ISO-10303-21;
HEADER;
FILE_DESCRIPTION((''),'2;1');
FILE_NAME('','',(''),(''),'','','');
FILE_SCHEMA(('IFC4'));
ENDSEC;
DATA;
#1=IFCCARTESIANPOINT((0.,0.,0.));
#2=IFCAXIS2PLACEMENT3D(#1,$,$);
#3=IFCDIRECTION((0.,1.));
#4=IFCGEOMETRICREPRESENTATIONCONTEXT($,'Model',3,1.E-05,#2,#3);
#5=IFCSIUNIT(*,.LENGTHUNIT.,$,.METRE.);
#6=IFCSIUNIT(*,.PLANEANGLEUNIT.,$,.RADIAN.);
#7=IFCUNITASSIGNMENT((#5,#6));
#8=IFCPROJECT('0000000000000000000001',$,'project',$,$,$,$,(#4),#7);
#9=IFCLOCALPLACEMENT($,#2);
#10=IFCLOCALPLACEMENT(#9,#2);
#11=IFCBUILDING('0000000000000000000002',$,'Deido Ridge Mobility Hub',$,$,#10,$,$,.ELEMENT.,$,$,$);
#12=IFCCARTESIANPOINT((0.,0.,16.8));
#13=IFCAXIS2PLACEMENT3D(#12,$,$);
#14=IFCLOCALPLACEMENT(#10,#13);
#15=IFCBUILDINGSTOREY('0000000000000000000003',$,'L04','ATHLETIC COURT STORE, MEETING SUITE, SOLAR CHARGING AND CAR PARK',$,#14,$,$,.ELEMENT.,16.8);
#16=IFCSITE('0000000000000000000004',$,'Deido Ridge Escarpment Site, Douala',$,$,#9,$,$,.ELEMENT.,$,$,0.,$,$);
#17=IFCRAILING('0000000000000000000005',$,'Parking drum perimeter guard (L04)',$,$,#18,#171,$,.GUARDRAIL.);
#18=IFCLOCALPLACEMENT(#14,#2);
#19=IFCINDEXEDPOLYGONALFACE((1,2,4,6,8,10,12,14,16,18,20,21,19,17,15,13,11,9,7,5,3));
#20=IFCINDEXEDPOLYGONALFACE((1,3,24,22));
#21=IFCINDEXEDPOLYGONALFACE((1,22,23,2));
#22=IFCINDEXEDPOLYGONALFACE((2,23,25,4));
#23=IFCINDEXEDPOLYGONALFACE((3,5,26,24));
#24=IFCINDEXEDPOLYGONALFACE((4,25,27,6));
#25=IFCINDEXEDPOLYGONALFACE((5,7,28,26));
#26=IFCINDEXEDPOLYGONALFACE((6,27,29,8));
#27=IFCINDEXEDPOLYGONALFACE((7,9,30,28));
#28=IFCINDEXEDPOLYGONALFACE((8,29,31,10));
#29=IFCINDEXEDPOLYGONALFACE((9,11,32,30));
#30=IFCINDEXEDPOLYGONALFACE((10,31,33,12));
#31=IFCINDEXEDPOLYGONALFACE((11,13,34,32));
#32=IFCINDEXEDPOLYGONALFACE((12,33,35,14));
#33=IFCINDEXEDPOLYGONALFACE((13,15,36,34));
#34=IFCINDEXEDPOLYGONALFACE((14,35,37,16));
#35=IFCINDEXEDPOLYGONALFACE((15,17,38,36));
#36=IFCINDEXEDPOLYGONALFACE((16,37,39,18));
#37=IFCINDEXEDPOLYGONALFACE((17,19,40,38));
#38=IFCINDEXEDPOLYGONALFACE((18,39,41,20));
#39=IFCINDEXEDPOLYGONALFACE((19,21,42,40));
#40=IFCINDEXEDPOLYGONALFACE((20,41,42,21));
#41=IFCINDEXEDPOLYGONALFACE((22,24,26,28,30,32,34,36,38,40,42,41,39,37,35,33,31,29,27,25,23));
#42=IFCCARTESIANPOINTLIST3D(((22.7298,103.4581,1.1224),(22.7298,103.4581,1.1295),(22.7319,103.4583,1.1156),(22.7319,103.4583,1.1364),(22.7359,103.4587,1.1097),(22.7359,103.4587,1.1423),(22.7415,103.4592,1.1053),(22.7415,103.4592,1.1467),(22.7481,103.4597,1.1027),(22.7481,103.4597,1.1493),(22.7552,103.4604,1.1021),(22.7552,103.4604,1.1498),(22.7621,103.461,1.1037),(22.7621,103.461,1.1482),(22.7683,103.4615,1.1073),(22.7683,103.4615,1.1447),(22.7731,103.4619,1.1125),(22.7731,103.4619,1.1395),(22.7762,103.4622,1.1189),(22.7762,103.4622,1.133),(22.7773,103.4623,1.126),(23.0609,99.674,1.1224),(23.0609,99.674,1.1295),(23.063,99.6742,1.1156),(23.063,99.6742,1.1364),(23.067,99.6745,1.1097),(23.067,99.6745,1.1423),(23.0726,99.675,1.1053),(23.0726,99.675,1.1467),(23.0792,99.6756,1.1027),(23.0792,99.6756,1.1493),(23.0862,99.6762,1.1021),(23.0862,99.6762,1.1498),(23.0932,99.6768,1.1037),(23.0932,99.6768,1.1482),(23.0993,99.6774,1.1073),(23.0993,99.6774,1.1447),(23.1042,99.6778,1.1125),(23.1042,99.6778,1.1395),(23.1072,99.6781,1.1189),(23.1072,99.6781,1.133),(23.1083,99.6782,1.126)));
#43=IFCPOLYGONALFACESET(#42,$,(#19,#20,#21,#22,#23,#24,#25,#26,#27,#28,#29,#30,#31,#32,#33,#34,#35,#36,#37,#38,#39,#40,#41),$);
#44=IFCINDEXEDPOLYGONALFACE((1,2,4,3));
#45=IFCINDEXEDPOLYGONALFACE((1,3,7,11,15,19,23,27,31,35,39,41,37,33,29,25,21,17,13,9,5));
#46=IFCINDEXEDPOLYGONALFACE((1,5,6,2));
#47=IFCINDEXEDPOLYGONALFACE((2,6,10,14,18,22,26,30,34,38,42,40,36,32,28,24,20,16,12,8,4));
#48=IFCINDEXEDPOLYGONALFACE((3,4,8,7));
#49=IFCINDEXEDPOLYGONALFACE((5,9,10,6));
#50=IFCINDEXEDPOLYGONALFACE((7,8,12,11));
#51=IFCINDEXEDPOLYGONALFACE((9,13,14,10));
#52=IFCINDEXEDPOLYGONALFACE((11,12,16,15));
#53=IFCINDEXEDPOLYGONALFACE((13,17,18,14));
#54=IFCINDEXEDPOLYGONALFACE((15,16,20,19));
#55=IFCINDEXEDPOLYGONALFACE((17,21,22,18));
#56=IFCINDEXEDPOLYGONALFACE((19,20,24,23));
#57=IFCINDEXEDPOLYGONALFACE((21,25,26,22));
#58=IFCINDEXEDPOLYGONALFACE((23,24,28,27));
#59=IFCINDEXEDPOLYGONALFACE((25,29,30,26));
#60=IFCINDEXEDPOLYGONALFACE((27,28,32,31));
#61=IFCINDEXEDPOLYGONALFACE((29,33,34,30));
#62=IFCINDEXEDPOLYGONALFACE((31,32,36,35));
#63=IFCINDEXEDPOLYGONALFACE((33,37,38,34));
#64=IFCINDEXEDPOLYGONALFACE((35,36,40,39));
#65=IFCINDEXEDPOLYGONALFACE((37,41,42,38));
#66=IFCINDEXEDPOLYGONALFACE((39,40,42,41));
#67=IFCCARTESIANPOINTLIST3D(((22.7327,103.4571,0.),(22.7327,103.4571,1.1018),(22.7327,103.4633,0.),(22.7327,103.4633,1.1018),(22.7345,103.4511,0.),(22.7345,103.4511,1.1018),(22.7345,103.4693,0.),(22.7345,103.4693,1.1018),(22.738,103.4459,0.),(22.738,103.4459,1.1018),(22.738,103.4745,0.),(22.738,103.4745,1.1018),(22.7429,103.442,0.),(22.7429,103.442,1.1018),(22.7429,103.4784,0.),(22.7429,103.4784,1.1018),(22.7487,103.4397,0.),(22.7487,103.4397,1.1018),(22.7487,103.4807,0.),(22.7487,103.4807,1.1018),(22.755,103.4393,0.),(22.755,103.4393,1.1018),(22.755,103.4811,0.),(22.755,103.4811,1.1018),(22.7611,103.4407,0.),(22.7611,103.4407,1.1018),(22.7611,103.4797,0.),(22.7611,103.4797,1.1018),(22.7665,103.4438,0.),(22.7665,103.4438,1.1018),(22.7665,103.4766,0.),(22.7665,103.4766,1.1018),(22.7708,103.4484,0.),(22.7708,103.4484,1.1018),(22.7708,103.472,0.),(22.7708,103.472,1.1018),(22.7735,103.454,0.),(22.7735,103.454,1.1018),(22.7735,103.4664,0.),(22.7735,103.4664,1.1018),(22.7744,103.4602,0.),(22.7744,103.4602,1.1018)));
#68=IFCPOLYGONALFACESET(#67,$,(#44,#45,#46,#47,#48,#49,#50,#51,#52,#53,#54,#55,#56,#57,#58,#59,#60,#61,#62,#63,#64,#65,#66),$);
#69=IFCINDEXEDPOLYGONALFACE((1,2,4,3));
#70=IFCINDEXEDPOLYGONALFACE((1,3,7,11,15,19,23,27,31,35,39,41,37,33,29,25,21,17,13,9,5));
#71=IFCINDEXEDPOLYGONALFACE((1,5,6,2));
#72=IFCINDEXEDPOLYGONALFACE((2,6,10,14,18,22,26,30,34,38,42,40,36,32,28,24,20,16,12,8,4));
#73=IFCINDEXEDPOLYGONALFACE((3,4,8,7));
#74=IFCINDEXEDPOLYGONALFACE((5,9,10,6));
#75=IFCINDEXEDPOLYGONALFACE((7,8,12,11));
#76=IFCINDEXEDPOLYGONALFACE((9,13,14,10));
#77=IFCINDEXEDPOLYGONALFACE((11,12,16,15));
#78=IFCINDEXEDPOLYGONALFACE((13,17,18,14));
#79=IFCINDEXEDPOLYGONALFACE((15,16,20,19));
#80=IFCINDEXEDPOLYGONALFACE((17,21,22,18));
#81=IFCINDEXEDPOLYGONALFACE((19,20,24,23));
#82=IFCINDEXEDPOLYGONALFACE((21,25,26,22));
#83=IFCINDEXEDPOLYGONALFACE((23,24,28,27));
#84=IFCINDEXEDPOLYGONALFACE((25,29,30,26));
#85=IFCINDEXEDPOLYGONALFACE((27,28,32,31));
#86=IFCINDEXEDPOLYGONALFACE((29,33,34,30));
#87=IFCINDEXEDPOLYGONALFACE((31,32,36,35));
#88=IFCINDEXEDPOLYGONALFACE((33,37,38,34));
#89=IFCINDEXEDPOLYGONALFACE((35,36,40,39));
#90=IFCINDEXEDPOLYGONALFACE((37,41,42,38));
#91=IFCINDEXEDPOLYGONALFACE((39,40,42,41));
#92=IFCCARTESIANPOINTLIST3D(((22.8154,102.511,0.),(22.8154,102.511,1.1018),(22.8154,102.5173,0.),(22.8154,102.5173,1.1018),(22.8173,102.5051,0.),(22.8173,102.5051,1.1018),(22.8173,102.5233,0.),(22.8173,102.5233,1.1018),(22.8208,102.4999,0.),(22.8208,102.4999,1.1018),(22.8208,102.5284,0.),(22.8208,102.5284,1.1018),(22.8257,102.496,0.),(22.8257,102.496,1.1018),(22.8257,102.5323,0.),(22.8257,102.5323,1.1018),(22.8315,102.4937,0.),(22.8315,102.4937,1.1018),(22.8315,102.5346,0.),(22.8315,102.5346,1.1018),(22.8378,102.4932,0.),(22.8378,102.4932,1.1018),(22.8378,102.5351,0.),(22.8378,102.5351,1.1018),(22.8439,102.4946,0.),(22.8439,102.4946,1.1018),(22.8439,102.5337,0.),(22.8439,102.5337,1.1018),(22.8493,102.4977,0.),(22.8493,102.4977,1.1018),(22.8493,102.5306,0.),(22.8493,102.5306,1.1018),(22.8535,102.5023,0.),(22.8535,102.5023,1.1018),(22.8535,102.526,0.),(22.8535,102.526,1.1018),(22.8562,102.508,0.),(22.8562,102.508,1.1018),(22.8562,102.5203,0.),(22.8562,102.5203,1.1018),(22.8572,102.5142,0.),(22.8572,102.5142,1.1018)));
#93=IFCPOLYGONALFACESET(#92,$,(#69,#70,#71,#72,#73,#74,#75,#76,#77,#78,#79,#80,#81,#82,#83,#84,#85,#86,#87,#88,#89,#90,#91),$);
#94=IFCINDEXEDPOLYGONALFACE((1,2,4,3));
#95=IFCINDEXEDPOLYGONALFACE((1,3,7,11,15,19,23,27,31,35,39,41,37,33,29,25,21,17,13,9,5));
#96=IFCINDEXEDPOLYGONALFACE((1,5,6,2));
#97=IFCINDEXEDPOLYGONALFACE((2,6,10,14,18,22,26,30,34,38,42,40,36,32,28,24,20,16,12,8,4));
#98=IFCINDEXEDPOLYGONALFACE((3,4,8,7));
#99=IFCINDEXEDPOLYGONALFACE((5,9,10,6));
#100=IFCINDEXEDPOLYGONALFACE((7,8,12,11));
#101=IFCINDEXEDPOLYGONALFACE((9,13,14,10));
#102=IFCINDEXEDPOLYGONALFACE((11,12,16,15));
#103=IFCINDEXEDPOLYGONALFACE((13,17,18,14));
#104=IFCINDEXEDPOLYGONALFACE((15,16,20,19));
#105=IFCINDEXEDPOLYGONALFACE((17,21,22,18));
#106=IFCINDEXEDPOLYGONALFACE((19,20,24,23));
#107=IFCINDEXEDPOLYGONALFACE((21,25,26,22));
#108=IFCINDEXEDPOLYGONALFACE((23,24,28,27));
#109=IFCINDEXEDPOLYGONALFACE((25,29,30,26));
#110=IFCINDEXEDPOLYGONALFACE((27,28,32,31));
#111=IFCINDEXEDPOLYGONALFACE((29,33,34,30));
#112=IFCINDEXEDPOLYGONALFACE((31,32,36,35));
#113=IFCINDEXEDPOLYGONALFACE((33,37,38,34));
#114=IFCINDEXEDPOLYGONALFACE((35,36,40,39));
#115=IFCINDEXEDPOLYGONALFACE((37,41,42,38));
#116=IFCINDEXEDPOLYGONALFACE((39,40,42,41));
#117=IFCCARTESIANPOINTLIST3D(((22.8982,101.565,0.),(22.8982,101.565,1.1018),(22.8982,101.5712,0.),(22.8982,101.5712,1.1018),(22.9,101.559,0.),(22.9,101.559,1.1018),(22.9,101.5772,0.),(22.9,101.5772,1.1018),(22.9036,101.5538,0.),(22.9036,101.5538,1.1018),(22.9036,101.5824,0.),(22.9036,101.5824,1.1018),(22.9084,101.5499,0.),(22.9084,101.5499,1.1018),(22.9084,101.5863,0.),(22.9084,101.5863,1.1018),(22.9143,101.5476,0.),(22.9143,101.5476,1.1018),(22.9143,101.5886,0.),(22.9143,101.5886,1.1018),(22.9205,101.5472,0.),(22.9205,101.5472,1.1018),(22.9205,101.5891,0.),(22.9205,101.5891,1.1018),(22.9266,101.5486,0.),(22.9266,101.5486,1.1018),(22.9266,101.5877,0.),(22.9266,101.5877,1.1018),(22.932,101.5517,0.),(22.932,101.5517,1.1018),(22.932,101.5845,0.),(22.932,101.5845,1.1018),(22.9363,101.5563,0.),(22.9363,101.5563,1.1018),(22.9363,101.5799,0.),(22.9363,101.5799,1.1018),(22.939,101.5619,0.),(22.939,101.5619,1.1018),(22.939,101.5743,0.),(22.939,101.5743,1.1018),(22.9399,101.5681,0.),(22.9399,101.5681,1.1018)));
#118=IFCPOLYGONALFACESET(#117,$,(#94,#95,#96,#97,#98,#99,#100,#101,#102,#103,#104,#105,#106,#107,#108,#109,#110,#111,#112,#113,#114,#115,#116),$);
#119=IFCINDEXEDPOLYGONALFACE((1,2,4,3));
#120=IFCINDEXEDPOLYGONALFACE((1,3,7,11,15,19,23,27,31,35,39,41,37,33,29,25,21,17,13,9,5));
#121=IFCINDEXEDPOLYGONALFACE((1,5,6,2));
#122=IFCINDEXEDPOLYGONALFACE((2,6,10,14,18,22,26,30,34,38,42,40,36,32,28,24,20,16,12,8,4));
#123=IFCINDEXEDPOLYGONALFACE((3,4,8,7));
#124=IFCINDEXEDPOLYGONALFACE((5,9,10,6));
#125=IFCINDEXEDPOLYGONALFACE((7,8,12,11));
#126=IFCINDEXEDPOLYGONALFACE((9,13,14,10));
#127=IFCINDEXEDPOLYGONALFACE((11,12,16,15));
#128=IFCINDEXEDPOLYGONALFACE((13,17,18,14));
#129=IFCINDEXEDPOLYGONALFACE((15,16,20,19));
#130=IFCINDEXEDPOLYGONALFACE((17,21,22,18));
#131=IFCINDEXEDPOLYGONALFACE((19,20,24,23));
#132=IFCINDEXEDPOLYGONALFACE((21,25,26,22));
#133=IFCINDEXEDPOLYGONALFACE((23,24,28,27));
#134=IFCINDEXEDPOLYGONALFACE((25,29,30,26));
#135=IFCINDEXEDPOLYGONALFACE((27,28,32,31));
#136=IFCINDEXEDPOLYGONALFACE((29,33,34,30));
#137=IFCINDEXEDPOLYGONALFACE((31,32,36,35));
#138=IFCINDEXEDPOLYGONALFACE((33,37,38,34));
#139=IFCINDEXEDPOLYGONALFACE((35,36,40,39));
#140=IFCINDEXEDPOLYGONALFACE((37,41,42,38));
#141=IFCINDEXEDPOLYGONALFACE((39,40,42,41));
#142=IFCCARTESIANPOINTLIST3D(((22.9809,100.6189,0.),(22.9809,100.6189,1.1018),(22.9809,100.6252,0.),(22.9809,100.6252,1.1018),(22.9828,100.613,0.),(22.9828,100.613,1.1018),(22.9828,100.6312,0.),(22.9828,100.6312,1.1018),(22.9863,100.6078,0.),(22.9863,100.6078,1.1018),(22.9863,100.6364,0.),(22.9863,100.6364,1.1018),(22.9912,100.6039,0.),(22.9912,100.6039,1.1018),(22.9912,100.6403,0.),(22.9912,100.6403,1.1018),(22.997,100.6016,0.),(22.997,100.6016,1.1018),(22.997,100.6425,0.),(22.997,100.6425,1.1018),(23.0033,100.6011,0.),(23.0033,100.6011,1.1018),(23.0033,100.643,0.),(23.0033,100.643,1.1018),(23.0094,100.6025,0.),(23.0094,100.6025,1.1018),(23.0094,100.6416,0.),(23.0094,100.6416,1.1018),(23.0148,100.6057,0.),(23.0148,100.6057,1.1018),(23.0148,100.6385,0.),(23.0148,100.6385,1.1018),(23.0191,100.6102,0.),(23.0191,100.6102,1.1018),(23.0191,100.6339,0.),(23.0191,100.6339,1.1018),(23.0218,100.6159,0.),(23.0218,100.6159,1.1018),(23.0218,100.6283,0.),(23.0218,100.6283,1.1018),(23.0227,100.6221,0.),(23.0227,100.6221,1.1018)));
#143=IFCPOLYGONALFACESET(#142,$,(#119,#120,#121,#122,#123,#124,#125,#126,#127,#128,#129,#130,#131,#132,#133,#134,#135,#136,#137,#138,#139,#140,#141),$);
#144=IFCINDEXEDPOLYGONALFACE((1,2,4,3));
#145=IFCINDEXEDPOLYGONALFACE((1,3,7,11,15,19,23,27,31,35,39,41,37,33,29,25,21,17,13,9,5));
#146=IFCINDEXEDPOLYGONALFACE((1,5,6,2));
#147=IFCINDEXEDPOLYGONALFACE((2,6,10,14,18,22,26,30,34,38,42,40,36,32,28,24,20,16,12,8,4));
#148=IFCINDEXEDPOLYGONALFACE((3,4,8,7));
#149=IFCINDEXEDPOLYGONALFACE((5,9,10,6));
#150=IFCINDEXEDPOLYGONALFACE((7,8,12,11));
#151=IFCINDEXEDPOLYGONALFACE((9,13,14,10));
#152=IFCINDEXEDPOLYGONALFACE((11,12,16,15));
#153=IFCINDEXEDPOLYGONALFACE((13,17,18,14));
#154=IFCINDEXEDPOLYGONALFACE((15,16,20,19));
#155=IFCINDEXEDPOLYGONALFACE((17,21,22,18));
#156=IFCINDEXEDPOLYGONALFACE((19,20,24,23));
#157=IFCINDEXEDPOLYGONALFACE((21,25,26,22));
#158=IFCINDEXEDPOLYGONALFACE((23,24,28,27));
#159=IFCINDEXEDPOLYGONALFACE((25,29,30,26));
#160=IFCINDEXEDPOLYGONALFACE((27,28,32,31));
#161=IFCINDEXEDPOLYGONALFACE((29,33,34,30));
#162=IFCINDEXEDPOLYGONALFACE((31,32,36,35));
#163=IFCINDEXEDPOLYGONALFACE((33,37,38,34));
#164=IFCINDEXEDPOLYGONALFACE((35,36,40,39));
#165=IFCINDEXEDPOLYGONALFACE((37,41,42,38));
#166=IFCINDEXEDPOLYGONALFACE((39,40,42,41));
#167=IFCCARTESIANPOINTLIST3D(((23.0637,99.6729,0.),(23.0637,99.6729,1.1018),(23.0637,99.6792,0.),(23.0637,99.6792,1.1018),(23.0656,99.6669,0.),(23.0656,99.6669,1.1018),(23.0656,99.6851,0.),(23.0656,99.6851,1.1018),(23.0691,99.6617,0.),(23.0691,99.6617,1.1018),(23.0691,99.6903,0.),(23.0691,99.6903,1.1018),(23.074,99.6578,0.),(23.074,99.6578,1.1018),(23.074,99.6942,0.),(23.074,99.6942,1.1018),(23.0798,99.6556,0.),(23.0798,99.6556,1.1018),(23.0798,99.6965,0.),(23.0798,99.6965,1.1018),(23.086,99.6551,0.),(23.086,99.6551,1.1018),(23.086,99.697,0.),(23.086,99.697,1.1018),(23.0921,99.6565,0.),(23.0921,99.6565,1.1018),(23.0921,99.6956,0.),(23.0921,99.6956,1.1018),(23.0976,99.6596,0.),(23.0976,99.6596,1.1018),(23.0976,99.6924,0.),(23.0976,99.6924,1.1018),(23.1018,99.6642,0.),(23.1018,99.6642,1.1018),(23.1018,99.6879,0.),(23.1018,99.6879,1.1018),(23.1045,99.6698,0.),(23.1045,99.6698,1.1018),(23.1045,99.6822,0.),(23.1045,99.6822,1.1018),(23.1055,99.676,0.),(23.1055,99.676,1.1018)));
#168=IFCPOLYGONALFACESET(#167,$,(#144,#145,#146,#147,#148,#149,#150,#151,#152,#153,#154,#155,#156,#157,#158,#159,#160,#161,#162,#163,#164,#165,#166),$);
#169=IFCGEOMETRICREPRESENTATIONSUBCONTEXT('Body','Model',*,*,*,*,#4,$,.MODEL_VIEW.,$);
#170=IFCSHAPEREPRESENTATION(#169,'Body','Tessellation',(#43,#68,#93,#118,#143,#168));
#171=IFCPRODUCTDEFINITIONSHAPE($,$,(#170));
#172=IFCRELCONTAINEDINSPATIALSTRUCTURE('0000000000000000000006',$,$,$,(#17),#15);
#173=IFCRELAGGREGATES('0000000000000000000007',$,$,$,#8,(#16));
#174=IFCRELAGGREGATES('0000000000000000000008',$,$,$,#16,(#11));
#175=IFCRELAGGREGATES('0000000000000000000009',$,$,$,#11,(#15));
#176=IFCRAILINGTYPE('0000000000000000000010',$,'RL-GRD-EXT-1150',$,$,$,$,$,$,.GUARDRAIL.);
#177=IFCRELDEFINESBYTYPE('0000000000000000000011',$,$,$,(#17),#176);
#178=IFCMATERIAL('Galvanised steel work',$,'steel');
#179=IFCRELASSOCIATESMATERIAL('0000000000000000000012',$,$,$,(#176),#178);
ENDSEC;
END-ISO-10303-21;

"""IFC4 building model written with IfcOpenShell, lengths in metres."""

from ifc_helpers import new_model, si_unit, direction, frame, origin, origin_2d, place, context, subcontext, project, spatial, circle, extrude, material, type_object, element, save


model = new_model("IFC4")

# Units and contexts
model_context = context("Model", 3, precision=1e-05, world=origin(), true_north=direction((0.0, 1.0)))
body_context = subcontext(model_context, "Body", "Model", "MODEL_VIEW")
ifc_project = project(units=[si_unit("LENGTHUNIT", "METRE"), si_unit("PLANEANGLEUNIT", "RADIAN")], contexts=[model_context])

# Site, building, storey
site_placement = place(None, origin())
site = spatial("IfcSite", under=ifc_project, at=site_placement, Name="Deido Ridge Escarpment Site, Douala", CompositionType="ELEMENT", RefElevation=0.0)
building_placement = place(site_placement, origin())
building = spatial("IfcBuilding", under=site, at=building_placement, Name="Deido Ridge Mobility Hub", CompositionType="ELEMENT")
storey_placement = place(building_placement, frame((0.0, 0.0, 16.8)))
storey = spatial("IfcBuildingStorey", under=building, at=storey_placement, Name="L04", Description="ATHLETIC COURT STORE, MEETING SUITE, SOLAR CHARGING AND CAR PARK", CompositionType="ELEMENT", Elevation=16.8)

# Railing
ifc_material_1 = material(Name="Galvanised steel work", Category="steel")
railing_type = type_object("IfcRailingType", Name="RL-GRD-EXT-1150", PredefinedType="GUARDRAIL", material=ifc_material_1)
railing_1_placement = place(storey_placement, frame((22.7534, 103.4602, 0.0)))
element("IfcRailing", 1, at=railing_1_placement, inside=storey, type_object=railing_type, Name="Parking drum perimeter guard (L04)", PredefinedType="GUARDRAIL", context=body_context, shape_type="SweptSolid", body=[
    extrude(circle(Radius=0.0239, at=origin_2d()), frame((0.0, 0.0, 1.126), z_axis=(0.087151, -0.996195, 0.0), x_axis=(0.996195, 0.087151, 0.0)), (0.0, 0.0, 1.0), 3.7986),
    extrude(circle(Radius=0.021, at=origin_2d()), origin(), (0.0, 0.0, 1.0), 1.1018),
    extrude(circle(Radius=0.021, at=origin_2d()), frame((0.0828, -0.946, 0.0)), (0.0, 0.0, 1.0), 1.1018),
    extrude(circle(Radius=0.021, at=origin_2d()), frame((0.1655, -1.8921, 0.0)), (0.0, 0.0, 1.0), 1.1018),
    extrude(circle(Radius=0.021, at=origin_2d()), frame((0.2483, -2.8381, 0.0)), (0.0, 0.0, 1.0), 1.1018),
    extrude(circle(Radius=0.021, at=origin_2d()), frame((0.3311, -3.7842, 0.0)), (0.0, 0.0, 1.0), 1.1018),
])

save(model, "model.ifc")
